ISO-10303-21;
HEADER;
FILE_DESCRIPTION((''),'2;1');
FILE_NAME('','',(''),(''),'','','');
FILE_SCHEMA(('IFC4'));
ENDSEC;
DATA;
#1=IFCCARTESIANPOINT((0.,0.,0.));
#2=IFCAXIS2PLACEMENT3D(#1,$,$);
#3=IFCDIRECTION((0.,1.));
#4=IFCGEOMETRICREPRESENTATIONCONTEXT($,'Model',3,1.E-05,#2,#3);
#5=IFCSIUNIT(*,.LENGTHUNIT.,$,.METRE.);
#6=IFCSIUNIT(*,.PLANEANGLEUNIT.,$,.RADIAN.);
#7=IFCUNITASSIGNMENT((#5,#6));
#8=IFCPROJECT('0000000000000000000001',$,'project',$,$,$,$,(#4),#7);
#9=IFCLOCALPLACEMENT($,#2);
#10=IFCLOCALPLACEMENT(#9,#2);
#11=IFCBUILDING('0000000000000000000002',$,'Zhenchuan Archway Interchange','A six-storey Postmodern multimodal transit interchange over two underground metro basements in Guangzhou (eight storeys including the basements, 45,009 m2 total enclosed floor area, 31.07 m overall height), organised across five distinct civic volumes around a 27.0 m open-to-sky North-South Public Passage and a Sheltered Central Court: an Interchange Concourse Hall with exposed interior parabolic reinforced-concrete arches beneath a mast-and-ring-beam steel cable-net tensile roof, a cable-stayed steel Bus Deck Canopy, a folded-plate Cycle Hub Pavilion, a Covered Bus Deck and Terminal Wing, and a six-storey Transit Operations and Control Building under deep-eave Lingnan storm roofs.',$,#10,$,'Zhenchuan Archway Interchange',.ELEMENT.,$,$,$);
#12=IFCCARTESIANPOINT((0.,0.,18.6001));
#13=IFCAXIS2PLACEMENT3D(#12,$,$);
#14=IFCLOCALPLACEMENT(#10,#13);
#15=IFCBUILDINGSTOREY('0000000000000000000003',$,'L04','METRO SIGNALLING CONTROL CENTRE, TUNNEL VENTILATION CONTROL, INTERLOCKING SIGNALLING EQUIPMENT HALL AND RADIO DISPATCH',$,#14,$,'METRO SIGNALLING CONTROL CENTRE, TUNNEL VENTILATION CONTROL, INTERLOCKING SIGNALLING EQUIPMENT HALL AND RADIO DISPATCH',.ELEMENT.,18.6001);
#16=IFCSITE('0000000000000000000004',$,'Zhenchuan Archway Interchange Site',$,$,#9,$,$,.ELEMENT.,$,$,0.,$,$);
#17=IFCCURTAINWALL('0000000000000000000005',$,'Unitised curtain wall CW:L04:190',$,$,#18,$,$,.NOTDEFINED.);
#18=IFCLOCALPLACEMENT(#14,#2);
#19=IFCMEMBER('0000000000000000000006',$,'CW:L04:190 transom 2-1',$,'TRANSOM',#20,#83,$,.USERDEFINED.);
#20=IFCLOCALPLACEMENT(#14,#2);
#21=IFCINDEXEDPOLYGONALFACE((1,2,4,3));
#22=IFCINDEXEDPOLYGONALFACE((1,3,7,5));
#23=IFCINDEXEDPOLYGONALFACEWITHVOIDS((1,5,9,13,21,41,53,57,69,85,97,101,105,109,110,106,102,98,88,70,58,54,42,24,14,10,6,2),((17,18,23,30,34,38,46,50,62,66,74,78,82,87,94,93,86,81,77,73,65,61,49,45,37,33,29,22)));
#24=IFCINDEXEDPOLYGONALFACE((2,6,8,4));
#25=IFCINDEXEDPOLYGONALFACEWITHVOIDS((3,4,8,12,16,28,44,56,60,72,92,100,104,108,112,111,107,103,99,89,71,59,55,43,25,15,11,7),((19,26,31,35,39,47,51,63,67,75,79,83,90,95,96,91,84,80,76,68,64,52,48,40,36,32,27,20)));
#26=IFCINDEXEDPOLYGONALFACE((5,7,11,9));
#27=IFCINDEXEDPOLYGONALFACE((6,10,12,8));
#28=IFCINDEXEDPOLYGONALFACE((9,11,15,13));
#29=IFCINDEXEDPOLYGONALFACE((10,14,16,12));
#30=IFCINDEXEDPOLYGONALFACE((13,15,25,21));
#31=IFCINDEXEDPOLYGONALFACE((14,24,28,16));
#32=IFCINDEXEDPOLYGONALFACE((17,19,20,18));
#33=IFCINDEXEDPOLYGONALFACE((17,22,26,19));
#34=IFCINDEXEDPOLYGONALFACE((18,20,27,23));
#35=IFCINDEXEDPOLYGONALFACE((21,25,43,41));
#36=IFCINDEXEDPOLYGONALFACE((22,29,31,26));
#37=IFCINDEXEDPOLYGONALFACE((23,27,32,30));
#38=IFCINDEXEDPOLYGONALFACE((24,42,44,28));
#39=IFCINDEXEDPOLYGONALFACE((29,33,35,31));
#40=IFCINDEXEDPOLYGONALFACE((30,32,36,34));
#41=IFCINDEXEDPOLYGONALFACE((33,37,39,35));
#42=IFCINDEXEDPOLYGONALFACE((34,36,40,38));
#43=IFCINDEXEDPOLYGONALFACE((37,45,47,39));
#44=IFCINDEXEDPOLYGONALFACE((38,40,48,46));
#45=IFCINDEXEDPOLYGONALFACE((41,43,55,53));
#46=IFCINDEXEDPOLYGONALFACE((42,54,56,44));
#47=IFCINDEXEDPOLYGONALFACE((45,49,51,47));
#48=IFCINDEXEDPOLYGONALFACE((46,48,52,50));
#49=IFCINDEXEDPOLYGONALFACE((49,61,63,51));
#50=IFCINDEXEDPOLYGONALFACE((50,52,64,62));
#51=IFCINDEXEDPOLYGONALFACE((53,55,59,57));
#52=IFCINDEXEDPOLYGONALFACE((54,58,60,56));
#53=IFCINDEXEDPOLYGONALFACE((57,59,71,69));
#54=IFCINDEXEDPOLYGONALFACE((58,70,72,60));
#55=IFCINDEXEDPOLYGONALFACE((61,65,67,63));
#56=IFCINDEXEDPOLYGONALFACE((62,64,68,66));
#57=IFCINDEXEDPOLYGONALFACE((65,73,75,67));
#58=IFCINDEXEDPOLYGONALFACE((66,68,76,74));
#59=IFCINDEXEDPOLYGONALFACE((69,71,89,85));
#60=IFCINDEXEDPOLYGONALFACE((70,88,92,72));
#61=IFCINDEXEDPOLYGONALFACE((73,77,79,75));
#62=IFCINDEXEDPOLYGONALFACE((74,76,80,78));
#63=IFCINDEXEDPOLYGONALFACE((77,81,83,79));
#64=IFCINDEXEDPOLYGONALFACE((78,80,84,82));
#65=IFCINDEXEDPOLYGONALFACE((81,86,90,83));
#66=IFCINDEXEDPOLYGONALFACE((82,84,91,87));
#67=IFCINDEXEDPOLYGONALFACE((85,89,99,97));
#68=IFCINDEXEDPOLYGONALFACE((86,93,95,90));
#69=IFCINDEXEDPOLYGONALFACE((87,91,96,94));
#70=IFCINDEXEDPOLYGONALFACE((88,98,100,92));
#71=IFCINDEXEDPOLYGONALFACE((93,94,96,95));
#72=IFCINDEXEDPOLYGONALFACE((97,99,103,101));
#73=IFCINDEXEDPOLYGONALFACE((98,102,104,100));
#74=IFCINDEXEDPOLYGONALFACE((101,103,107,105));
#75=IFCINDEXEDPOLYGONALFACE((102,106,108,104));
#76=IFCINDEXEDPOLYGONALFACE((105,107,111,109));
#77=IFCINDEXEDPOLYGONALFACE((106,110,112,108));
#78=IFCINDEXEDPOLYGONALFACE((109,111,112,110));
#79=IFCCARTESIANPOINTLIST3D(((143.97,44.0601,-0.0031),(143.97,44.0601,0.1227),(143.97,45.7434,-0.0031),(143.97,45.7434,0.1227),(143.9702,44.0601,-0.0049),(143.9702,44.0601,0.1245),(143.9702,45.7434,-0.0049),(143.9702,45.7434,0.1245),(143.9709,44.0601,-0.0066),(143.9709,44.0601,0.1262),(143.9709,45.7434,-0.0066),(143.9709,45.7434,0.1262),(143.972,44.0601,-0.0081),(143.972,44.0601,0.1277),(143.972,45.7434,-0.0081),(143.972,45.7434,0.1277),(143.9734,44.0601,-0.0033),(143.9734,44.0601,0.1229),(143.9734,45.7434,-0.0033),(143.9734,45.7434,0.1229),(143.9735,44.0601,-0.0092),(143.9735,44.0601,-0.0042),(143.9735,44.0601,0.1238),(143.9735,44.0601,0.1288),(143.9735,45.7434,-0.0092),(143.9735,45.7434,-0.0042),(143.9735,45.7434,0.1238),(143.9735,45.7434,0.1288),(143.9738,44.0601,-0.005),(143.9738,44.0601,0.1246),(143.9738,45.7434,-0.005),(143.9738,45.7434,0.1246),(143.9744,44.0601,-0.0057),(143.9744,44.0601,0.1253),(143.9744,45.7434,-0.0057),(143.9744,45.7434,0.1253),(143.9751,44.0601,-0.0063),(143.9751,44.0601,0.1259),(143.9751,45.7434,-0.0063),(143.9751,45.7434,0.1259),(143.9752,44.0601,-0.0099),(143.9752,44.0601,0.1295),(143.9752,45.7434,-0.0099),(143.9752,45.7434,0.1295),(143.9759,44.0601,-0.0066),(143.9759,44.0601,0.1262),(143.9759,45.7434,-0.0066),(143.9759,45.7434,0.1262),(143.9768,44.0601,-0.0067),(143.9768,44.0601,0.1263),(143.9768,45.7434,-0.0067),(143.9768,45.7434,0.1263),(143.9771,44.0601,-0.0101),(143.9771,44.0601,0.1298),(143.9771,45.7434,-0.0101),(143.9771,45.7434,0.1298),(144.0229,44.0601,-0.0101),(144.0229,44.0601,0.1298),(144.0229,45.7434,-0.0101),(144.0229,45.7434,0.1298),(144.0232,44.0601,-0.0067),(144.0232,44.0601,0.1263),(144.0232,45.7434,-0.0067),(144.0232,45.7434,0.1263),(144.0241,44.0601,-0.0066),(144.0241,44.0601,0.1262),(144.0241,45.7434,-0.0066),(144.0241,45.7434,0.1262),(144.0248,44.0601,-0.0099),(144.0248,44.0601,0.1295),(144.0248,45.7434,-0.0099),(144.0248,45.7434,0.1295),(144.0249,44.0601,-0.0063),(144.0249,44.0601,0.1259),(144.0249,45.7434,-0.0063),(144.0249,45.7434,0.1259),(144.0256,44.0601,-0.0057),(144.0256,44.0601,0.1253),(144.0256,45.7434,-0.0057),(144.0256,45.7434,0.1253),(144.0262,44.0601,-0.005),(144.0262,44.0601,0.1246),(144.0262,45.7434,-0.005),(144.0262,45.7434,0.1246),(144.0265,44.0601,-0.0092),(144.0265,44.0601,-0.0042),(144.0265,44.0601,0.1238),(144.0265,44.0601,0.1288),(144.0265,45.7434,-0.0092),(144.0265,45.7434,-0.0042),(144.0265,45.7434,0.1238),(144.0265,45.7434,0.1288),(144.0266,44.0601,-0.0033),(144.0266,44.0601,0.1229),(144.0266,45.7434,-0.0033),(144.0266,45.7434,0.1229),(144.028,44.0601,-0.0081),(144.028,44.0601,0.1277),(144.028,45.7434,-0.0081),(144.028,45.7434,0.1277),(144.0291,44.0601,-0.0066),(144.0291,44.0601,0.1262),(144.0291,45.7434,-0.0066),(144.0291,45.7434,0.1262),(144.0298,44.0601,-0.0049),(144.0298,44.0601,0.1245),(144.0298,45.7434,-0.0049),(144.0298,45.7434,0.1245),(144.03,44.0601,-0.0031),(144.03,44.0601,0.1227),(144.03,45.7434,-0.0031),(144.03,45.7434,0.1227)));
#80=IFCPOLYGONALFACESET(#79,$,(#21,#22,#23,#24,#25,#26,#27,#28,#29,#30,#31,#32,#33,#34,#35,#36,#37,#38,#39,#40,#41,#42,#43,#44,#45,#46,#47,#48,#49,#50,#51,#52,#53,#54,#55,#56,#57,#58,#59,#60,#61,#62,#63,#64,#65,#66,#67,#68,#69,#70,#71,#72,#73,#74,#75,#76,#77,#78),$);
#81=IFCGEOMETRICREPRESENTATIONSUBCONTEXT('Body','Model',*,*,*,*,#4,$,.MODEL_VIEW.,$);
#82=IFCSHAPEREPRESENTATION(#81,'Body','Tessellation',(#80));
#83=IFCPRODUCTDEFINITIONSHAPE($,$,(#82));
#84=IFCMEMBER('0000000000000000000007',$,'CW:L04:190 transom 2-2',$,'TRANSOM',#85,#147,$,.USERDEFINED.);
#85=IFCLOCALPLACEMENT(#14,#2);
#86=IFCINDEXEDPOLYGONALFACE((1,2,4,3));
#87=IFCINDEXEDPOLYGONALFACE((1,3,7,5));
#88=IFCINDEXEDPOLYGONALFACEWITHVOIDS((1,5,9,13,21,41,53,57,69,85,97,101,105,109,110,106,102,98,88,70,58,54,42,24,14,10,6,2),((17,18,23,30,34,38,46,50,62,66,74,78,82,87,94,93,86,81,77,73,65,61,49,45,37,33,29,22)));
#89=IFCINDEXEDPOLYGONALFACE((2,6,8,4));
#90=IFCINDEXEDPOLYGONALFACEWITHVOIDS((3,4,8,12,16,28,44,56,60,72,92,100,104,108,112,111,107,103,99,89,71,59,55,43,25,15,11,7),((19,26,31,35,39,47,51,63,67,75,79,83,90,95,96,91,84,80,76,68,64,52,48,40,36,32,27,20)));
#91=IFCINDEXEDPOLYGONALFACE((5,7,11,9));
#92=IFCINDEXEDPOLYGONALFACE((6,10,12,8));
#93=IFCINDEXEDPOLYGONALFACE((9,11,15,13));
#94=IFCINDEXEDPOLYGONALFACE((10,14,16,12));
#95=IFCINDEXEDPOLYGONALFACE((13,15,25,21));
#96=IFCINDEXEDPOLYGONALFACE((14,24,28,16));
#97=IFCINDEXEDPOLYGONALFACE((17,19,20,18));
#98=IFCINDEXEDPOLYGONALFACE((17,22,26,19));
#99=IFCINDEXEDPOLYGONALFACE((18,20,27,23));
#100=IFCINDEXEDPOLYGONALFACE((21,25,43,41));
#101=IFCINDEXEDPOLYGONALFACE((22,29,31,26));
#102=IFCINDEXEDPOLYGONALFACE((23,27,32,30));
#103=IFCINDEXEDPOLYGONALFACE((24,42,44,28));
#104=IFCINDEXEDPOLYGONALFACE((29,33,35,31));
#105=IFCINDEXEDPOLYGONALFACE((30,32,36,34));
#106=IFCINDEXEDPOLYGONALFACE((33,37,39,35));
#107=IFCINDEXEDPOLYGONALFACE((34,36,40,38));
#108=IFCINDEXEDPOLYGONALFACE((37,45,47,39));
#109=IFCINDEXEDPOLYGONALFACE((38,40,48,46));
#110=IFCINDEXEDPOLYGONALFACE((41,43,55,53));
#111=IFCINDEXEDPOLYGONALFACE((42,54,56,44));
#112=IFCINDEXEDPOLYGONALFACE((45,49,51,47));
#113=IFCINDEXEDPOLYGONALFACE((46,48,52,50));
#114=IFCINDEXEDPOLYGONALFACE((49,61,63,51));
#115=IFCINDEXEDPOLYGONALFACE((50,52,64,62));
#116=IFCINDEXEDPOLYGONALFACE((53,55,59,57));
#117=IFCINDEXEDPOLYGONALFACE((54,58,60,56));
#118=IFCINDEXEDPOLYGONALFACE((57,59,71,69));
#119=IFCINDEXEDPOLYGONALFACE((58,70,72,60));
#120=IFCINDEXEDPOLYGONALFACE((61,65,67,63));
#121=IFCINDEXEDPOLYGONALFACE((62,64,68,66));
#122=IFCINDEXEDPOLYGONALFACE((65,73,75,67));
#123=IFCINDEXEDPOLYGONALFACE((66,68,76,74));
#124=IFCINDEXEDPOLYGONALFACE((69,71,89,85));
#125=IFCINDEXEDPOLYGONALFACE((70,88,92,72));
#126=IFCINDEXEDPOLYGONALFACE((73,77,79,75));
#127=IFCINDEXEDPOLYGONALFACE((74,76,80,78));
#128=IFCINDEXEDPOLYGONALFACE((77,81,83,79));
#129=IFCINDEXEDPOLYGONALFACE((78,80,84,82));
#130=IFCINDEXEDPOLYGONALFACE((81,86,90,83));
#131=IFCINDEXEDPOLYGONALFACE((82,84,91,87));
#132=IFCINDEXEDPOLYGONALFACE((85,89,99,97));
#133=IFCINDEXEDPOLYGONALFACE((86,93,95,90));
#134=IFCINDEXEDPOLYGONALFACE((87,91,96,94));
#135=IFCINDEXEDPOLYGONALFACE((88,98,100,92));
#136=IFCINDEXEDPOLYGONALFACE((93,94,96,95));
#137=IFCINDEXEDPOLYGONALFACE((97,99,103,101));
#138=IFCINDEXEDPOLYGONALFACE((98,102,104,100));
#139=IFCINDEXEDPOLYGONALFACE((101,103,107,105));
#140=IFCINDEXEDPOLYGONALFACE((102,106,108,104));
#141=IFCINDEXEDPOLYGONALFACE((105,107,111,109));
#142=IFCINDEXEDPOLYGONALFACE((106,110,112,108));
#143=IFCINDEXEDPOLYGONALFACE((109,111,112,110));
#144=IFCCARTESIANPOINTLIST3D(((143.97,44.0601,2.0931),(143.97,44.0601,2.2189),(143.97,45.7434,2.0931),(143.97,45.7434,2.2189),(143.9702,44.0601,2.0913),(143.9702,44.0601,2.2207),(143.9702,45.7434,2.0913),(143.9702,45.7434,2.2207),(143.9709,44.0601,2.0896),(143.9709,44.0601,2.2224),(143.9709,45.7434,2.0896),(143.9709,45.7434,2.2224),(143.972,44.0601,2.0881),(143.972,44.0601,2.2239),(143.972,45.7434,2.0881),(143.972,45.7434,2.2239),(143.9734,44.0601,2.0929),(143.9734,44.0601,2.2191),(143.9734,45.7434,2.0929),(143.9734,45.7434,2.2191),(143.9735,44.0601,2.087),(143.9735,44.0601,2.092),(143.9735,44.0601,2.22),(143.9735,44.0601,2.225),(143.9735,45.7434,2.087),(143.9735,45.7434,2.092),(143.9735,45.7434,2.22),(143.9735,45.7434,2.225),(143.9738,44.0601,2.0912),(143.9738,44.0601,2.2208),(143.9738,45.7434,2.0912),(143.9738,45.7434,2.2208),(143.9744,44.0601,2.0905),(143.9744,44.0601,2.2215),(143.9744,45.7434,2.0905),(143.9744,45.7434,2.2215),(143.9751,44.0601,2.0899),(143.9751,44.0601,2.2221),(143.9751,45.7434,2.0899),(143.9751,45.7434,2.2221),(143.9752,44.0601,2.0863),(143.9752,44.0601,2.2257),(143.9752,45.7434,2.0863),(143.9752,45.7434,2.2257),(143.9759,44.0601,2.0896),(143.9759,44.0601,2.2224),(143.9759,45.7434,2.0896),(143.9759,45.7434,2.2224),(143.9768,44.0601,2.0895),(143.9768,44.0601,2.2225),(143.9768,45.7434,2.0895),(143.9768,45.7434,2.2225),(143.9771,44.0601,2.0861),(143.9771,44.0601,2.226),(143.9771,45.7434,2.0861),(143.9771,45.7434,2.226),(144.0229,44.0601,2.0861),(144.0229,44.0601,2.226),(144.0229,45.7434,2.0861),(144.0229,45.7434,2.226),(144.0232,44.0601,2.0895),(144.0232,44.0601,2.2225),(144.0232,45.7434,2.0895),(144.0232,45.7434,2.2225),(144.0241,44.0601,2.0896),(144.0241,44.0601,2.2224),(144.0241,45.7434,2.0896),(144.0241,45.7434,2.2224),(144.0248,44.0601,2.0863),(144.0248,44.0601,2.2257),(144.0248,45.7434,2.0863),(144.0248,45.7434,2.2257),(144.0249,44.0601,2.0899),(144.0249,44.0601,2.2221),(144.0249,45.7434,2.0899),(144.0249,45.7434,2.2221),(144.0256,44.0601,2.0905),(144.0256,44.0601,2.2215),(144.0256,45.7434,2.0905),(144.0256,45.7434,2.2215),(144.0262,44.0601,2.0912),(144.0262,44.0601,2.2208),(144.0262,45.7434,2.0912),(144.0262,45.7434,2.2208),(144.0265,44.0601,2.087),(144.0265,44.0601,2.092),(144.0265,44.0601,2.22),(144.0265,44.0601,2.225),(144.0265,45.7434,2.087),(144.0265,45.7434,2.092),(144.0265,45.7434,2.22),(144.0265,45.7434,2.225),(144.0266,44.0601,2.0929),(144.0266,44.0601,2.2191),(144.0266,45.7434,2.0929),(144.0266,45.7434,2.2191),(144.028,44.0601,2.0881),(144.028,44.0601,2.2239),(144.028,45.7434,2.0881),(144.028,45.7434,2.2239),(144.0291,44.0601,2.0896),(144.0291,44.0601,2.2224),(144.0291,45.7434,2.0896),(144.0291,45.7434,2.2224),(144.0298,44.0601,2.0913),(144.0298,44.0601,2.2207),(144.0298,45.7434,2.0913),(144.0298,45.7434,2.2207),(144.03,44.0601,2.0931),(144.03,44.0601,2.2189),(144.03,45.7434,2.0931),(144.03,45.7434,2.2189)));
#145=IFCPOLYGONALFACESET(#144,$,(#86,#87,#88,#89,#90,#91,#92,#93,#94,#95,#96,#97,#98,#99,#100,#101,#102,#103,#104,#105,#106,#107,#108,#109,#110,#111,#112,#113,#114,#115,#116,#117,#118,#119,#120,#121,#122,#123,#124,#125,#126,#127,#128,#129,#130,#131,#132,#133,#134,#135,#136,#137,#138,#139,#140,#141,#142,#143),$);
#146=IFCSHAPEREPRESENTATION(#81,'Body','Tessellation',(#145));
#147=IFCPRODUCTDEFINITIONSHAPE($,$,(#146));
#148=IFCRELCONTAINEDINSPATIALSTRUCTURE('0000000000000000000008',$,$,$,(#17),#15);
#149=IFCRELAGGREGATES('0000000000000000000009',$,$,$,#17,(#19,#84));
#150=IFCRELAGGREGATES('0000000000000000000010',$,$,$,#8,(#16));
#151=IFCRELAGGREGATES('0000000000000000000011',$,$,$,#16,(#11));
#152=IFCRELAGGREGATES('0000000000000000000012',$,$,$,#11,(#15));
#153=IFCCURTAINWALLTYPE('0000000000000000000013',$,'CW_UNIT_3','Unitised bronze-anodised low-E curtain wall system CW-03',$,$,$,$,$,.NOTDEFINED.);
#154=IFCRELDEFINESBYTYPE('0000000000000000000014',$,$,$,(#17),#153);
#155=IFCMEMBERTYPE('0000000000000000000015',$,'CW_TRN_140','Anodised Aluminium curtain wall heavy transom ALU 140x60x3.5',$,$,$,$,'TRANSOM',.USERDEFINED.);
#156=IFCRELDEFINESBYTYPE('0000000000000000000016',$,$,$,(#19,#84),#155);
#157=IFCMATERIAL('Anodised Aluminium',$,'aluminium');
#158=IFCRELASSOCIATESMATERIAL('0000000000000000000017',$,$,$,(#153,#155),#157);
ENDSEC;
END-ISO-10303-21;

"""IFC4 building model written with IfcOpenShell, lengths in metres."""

from ifc_helpers import new_model, si_unit, direction, frame, origin, origin_2d, place, context, subcontext, project, spatial, hollow_rectangle, extrude, material, material_profile, profile_set, type_object, element, aggregate, save


model = new_model("IFC4")

# Units and contexts
model_context = context("Model", 3, precision=1e-05, world=origin(), true_north=direction((0.0, 1.0)))
body_context = subcontext(model_context, "Body", "Model", "MODEL_VIEW")
ifc_project = project(units=[si_unit("LENGTHUNIT", "METRE"), si_unit("PLANEANGLEUNIT", "RADIAN")], contexts=[model_context])

# Site, building, storey
site_placement = place(None, origin())
site = spatial("IfcSite", under=ifc_project, at=site_placement, Name="Zhenchuan Archway Interchange Site", CompositionType="ELEMENT", RefElevation=0.0)
building_placement = place(site_placement, origin())
building = spatial("IfcBuilding", under=site, at=building_placement, Name="Zhenchuan Archway Interchange", Description="A six-storey Postmodern multimodal transit interchange over two underground metro basements in Guangzhou (eight storeys including the basements, 45,009 m2 total enclosed floor area, 31.07 m overall height), organised across five distinct civic volumes around a 27.0 m open-to-sky North-South Public Passage and a Sheltered Central Court: an Interchange Concourse Hall with exposed interior parabolic reinforced-concrete arches beneath a mast-and-ring-beam steel cable-net tensile roof, a cable-stayed steel Bus Deck Canopy, a folded-plate Cycle Hub Pavilion, a Covered Bus Deck and Terminal Wing, and a six-storey Transit Operations and Control Building under deep-eave Lingnan storm roofs.", LongName="Zhenchuan Archway Interchange", CompositionType="ELEMENT")
storey_placement = place(building_placement, frame((0.0, 0.0, 18.6001)))
storey = spatial("IfcBuildingStorey", under=building, at=storey_placement, Name="L04", Description="METRO SIGNALLING CONTROL CENTRE, TUNNEL VENTILATION CONTROL, INTERLOCKING SIGNALLING EQUIPMENT HALL AND RADIO DISPATCH", LongName="METRO SIGNALLING CONTROL CENTRE, TUNNEL VENTILATION CONTROL, INTERLOCKING SIGNALLING EQUIPMENT HALL AND RADIO DISPATCH", CompositionType="ELEMENT", Elevation=18.6001)

# Curtain wall, members
ifc_material_1 = material(Name="Anodised Aluminium", Category="aluminium")
curtain_wall_type = type_object("IfcCurtainWallType", Name="CW_UNIT_3", Description="Unitised bronze-anodised low-E curtain wall system CW-03", PredefinedType="NOTDEFINED", material=ifc_material_1)
curtain_wall_placement = place(storey_placement, origin())
curtain_wall = element("IfcCurtainWall", 1, at=curtain_wall_placement, inside=storey, type_object=curtain_wall_type, Name="Unitised curtain wall CW:L04:190", PredefinedType="NOTDEFINED")
ifc_material_profile_1 = material_profile(ifc_material_1, hollow_rectangle(XDim=0.0601, YDim=0.1399, WallThickness=0.0034, InnerFilletRadius=0.0034, OuterFilletRadius=0.0071, at=origin_2d()), Name="ALU 140x60x3.5")
ifc_profile_set_1 = profile_set([ifc_material_profile_1], Name="Anodised Aluminium")
member_type_1 = type_object("IfcMemberType", Name="CW_TRN_140", Description="Anodised Aluminium curtain wall heavy transom ALU 140x60x3.5", ElementType="TRANSOM", PredefinedType="USERDEFINED", material=ifc_profile_set_1)
member_1_placement = place(storey_placement, frame((144.0, 44.0601, 0.0598), z_axis=(0.0, 1.0, 0.0), x_axis=(-1.0, 0.0, 0.0)))
member_1 = element("IfcMember", 2, at=member_1_placement, type_object=member_type_1, Name="CW:L04:190 transom 2-1", ObjectType="TRANSOM", PredefinedType="USERDEFINED", context=body_context, shape_type="SweptSolid", body=[
    extrude(hollow_rectangle(XDim=0.0601, YDim=0.1399, WallThickness=0.0034, InnerFilletRadius=0.0034, OuterFilletRadius=0.0071, at=origin_2d()), origin(), (0.0, 0.0, 1.0), 1.6833),
])
member_2_placement = place(storey_placement, frame((144.0, 44.0601, 2.156), z_axis=(0.0, 1.0, 0.0), x_axis=(-1.0, 0.0, 0.0)))
member_2 = element("IfcMember", 3, at=member_2_placement, type_object=member_type_1, Name="CW:L04:190 transom 2-2", ObjectType="TRANSOM", PredefinedType="USERDEFINED", context=body_context, shape_type="SweptSolid", body=[
    extrude(hollow_rectangle(XDim=0.0601, YDim=0.1399, WallThickness=0.0034, InnerFilletRadius=0.0034, OuterFilletRadius=0.0071, at=origin_2d()), origin(), (0.0, 0.0, 1.0), 1.6833),
])

aggregate(curtain_wall, [member_1, member_2])

save(model, "model.ifc")
